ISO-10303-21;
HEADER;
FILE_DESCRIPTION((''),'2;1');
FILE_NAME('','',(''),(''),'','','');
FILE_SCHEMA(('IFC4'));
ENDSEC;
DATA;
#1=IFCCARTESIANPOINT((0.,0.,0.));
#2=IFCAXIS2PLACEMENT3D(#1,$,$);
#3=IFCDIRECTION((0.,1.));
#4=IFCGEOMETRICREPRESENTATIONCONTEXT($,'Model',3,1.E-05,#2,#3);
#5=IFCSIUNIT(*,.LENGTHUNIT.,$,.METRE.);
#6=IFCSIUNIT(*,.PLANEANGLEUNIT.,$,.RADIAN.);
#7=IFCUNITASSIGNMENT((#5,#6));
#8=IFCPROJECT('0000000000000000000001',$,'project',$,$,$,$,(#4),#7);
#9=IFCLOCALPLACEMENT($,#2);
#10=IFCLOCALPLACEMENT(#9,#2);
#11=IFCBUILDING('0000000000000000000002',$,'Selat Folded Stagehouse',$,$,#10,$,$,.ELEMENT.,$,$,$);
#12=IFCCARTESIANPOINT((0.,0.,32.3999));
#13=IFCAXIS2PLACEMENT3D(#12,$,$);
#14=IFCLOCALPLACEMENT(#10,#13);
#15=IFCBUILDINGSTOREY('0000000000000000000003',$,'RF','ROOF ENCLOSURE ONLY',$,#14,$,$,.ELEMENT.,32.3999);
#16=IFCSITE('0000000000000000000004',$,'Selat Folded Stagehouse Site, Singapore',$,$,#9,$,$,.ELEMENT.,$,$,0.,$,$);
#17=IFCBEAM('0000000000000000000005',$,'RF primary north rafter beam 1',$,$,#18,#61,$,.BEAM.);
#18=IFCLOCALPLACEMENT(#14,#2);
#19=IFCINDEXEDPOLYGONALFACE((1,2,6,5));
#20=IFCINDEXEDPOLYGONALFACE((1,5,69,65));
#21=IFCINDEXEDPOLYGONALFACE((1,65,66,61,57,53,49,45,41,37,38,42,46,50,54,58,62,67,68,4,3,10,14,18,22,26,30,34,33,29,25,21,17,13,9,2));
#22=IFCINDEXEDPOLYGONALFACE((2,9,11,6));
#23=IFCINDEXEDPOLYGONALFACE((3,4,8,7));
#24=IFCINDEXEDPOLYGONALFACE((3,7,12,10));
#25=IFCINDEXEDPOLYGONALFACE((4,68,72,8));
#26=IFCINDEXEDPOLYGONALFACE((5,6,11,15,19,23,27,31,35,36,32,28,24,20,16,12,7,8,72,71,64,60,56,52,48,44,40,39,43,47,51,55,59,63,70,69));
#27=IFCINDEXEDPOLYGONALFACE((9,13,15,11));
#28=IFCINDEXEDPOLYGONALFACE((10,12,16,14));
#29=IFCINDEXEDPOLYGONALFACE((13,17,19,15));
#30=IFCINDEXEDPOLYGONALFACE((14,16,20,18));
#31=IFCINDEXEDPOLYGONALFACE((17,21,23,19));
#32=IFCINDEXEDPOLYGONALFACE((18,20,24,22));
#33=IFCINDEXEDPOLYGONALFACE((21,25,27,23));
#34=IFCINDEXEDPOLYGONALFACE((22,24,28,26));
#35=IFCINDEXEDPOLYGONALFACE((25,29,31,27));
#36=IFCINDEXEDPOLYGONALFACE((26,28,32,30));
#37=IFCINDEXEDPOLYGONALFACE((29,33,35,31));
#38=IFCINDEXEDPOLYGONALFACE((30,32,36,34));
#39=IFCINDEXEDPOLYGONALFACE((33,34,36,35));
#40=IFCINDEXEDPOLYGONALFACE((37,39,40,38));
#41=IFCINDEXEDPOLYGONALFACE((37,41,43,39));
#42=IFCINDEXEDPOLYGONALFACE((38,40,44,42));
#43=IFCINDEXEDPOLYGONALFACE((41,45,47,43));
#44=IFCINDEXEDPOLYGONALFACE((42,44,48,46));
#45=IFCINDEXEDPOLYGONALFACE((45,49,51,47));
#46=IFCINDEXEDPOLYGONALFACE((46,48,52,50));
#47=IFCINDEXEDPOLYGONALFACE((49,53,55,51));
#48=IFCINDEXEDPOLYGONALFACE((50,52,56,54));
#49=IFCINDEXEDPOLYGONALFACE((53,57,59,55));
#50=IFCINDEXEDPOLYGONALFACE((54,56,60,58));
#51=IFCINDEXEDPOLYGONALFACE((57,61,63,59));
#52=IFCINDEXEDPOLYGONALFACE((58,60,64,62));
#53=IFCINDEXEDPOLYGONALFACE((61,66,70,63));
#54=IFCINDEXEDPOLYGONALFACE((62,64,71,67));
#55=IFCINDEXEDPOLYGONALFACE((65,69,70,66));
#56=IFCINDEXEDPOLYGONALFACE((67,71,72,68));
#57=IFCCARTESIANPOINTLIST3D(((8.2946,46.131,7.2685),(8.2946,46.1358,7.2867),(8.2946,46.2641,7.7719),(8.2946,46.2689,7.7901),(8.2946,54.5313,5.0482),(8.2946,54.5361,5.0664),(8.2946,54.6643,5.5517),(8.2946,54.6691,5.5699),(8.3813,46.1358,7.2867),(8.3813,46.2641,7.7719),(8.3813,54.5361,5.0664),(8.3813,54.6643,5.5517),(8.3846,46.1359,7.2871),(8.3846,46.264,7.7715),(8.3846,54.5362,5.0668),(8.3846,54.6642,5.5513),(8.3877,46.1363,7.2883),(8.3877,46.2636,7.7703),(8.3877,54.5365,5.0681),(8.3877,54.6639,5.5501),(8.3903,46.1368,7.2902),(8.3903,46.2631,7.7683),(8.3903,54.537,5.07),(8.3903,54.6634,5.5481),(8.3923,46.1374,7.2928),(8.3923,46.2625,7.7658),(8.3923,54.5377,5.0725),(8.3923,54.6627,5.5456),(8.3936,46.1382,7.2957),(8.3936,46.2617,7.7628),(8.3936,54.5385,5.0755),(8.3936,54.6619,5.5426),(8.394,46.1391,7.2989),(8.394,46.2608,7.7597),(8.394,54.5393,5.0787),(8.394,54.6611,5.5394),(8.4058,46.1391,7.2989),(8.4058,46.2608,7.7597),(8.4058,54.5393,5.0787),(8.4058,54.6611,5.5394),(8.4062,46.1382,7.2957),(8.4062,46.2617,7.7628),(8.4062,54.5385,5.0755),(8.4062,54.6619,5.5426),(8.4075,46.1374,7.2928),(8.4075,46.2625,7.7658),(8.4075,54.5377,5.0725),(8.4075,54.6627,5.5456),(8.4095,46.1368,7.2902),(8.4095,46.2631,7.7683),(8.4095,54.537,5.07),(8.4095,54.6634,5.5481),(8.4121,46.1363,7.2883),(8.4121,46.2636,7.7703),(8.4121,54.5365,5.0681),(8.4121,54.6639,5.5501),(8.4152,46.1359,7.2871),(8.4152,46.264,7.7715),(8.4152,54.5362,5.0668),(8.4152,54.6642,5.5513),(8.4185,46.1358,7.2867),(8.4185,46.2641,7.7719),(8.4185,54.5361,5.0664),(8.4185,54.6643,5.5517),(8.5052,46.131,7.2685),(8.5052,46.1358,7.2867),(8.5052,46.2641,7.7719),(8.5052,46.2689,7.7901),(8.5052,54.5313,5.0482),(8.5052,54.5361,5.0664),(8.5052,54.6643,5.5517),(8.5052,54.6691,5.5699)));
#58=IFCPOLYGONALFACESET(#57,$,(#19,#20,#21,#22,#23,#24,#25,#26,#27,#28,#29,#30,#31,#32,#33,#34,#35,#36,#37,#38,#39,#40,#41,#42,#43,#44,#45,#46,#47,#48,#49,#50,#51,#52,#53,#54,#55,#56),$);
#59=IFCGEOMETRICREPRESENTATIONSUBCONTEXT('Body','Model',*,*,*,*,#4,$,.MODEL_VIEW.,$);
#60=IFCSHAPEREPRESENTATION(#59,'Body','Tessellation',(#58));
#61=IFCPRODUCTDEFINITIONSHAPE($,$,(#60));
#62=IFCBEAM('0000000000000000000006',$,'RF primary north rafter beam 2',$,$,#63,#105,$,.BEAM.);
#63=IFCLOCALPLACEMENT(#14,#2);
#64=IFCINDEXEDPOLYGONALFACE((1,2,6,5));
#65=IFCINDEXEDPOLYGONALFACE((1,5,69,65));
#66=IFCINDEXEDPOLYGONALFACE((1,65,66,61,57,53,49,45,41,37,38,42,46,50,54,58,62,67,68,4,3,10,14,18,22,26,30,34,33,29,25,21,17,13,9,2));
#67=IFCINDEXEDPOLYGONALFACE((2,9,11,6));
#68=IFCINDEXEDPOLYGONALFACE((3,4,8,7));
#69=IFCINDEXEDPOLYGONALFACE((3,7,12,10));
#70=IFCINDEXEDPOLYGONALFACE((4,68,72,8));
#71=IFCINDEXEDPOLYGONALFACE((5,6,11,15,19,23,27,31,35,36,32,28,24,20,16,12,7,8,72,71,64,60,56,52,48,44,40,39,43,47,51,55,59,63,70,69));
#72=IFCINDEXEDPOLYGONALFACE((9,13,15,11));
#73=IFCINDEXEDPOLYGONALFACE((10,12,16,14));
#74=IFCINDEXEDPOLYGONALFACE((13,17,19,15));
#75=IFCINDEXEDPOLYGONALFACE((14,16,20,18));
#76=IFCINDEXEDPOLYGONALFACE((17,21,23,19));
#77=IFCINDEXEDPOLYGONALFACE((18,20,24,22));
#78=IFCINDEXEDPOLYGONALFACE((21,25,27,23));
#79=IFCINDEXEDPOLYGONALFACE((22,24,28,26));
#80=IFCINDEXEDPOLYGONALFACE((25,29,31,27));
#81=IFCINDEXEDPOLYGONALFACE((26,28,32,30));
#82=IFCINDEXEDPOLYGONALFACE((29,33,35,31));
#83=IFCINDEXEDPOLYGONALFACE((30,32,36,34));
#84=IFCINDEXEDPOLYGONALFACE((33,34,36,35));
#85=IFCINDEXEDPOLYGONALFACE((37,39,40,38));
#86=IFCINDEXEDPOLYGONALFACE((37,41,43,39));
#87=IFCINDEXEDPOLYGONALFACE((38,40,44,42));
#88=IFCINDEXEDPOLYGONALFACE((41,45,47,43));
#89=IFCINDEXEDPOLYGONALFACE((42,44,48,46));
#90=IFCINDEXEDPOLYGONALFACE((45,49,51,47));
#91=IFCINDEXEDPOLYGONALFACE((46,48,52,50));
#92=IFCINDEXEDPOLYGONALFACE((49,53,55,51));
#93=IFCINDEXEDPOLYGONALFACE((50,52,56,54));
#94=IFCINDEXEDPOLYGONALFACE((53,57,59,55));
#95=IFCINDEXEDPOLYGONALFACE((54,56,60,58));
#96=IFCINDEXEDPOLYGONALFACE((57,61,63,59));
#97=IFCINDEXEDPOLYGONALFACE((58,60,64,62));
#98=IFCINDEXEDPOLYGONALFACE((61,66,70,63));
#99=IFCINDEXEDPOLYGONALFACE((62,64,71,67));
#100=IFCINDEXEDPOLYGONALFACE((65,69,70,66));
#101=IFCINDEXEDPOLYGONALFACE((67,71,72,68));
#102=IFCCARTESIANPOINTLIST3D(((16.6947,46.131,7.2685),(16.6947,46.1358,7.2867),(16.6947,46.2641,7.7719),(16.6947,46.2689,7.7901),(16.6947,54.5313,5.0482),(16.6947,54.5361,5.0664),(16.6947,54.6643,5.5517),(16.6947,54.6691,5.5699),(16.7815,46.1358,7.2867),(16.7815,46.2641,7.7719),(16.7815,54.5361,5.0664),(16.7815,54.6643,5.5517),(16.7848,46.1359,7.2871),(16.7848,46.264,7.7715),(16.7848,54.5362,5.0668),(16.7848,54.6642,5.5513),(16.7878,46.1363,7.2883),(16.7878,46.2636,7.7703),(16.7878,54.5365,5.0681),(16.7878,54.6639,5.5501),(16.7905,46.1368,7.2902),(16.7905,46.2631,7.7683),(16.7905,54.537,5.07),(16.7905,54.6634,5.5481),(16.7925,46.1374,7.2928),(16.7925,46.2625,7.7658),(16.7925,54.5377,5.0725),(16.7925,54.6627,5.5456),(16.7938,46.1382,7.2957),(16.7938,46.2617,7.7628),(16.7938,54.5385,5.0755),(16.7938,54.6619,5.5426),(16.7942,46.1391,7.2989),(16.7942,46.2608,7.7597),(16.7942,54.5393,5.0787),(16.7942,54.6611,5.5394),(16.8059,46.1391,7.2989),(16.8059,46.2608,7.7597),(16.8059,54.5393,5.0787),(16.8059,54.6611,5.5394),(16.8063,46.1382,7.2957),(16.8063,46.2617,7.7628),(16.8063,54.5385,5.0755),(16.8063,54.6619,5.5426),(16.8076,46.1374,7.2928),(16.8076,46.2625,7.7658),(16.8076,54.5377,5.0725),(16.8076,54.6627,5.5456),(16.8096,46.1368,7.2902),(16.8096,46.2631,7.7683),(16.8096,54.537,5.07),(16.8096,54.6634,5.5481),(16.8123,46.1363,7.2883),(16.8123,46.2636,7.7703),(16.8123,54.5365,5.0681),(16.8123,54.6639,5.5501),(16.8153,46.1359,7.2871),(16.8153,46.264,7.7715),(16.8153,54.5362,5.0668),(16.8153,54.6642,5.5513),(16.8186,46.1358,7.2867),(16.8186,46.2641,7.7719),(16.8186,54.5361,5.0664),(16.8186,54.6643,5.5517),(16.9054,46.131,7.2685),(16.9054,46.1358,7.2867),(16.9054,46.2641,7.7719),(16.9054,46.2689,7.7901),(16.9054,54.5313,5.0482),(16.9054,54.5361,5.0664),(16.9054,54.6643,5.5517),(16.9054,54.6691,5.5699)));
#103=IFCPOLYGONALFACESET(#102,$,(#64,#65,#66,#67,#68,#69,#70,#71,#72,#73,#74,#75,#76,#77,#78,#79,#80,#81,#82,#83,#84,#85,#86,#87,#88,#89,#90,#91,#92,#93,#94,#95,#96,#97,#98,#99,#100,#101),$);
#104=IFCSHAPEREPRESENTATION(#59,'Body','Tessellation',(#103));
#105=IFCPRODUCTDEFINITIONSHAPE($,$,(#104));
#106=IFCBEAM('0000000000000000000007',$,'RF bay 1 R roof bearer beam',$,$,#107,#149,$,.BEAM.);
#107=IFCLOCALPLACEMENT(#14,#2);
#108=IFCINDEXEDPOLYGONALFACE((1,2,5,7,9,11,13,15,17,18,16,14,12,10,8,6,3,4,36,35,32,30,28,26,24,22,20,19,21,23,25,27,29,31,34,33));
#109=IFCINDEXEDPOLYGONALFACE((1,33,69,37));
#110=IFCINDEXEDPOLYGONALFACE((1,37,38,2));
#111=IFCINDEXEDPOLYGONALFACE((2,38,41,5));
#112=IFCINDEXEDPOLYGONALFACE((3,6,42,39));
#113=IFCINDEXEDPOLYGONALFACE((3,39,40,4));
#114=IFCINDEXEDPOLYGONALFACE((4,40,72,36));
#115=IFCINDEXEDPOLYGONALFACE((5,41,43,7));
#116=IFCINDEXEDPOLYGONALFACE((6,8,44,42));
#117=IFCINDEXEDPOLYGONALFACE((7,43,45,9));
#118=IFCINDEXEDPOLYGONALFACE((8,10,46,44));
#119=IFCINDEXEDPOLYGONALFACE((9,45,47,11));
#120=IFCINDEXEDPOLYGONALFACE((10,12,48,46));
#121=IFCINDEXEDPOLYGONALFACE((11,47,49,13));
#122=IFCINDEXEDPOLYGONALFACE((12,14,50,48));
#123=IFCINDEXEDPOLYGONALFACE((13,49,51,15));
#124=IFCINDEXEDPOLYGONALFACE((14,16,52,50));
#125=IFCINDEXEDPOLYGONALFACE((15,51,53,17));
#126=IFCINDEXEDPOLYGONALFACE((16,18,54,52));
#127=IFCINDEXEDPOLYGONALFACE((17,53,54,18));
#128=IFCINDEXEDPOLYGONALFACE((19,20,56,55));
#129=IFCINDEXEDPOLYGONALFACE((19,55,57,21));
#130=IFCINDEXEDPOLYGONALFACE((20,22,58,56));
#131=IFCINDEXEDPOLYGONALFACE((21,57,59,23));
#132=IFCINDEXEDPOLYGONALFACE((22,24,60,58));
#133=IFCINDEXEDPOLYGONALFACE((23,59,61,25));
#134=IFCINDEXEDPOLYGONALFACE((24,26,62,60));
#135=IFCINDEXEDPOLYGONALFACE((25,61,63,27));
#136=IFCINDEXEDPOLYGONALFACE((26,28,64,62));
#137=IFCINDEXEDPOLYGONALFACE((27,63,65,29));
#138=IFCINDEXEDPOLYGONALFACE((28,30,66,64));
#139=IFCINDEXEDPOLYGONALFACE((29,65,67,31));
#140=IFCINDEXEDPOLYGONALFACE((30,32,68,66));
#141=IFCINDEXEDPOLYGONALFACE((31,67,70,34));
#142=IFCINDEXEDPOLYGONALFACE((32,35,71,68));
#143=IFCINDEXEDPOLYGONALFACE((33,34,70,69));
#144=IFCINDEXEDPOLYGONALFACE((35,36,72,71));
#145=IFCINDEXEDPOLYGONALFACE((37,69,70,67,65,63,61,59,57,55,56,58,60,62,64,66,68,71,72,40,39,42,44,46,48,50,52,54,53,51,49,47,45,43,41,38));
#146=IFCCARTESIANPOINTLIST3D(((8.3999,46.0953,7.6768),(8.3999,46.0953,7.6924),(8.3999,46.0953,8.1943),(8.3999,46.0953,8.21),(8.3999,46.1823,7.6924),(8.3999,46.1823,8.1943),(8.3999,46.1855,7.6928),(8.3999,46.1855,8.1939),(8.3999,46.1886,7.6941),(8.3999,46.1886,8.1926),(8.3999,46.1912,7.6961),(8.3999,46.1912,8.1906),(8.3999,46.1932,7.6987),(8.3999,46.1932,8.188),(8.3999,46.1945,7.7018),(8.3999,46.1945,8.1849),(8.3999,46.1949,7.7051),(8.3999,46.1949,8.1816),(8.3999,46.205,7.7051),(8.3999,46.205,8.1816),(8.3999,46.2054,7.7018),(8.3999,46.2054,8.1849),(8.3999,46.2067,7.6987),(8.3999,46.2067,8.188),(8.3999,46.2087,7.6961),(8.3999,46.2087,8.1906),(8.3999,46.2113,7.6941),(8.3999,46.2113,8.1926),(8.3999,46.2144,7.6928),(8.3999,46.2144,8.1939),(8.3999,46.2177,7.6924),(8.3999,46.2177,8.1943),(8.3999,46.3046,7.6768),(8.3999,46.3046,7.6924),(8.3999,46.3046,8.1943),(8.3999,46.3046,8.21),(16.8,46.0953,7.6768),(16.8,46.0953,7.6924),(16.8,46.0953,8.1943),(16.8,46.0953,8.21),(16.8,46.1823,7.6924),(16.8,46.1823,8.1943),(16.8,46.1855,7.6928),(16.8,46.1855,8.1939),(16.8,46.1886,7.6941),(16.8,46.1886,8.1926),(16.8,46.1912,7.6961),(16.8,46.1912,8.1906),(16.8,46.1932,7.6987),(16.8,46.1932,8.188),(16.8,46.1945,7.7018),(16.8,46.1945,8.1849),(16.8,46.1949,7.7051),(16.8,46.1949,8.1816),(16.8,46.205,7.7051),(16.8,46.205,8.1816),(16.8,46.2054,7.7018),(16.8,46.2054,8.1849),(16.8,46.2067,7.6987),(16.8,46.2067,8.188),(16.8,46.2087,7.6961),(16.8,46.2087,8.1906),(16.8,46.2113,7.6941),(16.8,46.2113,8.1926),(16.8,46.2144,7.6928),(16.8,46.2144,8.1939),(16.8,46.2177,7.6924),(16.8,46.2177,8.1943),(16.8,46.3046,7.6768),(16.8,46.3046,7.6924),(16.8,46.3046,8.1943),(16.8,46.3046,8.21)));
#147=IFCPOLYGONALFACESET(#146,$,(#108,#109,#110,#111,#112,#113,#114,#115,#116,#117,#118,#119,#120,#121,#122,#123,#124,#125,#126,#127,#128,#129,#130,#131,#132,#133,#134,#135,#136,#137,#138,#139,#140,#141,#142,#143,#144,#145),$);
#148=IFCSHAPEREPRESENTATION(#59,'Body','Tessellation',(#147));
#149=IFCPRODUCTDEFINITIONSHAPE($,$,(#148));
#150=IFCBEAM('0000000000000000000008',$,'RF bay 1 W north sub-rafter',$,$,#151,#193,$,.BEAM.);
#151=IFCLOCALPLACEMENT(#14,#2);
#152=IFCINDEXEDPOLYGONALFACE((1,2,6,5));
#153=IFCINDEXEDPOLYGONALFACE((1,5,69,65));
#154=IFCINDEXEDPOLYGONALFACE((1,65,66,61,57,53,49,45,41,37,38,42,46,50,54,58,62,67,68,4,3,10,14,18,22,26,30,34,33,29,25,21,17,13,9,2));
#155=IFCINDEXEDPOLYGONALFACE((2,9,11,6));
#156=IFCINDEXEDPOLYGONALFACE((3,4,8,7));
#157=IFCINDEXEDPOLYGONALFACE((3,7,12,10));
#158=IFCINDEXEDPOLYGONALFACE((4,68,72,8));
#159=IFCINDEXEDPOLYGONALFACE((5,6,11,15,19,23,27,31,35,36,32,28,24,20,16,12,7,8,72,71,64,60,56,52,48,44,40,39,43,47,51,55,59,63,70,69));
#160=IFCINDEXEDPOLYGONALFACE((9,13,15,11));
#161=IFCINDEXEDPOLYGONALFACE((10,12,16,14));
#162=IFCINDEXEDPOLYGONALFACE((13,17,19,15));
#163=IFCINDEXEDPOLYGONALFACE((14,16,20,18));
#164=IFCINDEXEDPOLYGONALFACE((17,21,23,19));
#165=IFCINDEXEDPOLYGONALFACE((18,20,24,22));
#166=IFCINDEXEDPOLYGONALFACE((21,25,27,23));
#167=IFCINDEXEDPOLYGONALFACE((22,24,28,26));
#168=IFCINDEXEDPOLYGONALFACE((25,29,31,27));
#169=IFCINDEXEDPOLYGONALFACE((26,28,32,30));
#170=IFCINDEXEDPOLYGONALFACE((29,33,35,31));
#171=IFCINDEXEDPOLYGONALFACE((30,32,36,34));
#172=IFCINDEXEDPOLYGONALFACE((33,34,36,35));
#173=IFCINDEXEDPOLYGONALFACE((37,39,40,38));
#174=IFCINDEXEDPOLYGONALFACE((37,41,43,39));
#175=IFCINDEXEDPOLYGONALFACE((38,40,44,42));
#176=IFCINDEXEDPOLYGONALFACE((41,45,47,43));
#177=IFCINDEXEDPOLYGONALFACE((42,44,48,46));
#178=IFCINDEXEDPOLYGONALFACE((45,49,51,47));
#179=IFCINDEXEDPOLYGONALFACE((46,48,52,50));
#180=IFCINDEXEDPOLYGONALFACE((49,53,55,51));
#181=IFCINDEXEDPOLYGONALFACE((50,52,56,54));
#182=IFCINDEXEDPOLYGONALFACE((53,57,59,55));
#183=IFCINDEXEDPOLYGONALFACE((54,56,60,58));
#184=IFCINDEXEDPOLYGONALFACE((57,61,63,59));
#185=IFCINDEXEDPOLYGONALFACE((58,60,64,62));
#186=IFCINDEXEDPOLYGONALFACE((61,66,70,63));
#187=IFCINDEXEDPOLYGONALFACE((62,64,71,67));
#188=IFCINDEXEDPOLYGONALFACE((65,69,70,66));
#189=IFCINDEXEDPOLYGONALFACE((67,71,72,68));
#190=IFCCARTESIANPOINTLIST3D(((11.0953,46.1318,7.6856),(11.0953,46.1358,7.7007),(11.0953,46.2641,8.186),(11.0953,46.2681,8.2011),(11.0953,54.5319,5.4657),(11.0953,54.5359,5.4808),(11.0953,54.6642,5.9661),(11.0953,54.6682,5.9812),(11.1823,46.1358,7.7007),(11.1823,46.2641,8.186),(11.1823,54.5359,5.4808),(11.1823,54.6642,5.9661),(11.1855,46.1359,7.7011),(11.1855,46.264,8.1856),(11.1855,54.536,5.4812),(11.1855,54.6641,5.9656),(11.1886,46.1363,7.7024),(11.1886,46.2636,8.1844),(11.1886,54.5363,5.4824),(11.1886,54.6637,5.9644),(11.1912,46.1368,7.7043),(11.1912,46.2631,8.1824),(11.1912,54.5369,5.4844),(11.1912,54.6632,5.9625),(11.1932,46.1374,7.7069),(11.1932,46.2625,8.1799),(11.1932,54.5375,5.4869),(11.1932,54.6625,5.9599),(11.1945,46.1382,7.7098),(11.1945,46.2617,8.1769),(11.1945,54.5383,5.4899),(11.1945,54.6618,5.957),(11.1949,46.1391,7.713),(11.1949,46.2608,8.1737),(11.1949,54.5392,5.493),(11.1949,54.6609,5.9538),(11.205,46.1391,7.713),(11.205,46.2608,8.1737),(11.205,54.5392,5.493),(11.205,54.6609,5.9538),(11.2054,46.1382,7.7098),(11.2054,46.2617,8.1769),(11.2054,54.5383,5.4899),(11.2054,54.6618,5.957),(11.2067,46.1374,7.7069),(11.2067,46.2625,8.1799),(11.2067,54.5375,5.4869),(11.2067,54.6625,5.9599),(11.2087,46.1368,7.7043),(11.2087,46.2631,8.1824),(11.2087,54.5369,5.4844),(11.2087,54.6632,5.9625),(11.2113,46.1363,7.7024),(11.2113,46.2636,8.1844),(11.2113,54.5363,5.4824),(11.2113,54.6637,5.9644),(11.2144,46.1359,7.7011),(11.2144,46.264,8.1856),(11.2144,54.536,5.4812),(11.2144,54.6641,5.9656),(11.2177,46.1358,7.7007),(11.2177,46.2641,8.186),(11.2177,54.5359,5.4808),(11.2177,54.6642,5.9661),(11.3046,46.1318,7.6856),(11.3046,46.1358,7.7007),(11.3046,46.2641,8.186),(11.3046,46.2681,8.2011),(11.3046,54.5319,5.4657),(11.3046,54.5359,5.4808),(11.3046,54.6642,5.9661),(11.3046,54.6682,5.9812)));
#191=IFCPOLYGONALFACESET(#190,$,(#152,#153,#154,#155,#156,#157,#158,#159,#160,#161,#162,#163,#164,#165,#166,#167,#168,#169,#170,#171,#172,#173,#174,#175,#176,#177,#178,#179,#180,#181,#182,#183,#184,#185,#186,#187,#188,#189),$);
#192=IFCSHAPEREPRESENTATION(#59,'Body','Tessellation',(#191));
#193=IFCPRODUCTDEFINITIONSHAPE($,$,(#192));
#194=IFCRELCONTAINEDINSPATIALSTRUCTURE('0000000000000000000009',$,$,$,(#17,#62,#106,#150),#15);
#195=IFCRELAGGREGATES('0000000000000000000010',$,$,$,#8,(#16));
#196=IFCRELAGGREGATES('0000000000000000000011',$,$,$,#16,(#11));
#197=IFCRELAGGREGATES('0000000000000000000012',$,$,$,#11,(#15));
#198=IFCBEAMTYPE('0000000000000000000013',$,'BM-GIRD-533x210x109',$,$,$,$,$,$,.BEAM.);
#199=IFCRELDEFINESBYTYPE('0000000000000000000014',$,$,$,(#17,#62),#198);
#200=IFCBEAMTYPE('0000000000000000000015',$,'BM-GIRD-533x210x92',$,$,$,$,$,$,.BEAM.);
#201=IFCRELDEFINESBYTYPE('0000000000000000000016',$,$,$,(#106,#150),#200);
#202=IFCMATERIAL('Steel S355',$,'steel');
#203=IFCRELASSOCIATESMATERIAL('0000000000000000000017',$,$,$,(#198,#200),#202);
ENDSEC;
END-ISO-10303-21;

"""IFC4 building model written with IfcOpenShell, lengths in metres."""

from ifc_helpers import new_model, si_unit, direction, frame, origin, origin_2d, place, context, subcontext, project, spatial, i_section, extrude, material, material_profile, profile_set, type_object, element, save


model = new_model("IFC4")

# Units and contexts
model_context = context("Model", 3, precision=1e-05, world=origin(), true_north=direction((0.0, 1.0)))
body_context = subcontext(model_context, "Body", "Model", "MODEL_VIEW")
ifc_project = project(units=[si_unit("LENGTHUNIT", "METRE"), si_unit("PLANEANGLEUNIT", "RADIAN")], contexts=[model_context])

# Site, building, storey
site_placement = place(None, origin())
site = spatial("IfcSite", under=ifc_project, at=site_placement, Name="Selat Folded Stagehouse Site, Singapore", CompositionType="ELEMENT", RefElevation=0.0)
building_placement = place(site_placement, origin())
building = spatial("IfcBuilding", under=site, at=building_placement, Name="Selat Folded Stagehouse", CompositionType="ELEMENT")
storey_placement = place(building_placement, frame((0.0, 0.0, 32.3999)))
storey = spatial("IfcBuildingStorey", under=building, at=storey_placement, Name="RF", Description="ROOF ENCLOSURE ONLY", CompositionType="ELEMENT", Elevation=32.3999)

# Beams
ifc_material_1 = material(Name="Steel S355", Category="steel")
ifc_material_profile_1 = material_profile(ifc_material_1, i_section(OverallWidth=0.2107, OverallDepth=0.5396, WebThickness=0.0117, FlangeThickness=0.0188, FilletRadius=0.0127, at=origin_2d()), Name="UKB 533x210x109")
ifc_profile_set_1 = profile_set([ifc_material_profile_1], Name="Steel S355")
beam_type_1 = type_object("IfcBeamType", Name="BM-GIRD-533x210x109", PredefinedType="BEAM", material=ifc_profile_set_1)
for number, where, z_axis, x_axis, name in (
    (1, (8.3999, 46.2, 7.5293), (0.0, 0.966801, -0.255532), (-1.0, 0.0, 0.0), "RF primary north rafter beam 1"),
    (2, (16.8, 46.2, 7.5293), (0.0, 0.966801, -0.255532), (-1.0, 0.0, 0.0), "RF primary north rafter beam 2"),
):
    element("IfcBeam", number, at=place(storey_placement, frame(where, z_axis=z_axis, x_axis=x_axis)), inside=storey, type_object=beam_type_1, Name=name, PredefinedType="BEAM", context=body_context, shape_type="SweptSolid", body=[
        extrude(i_section(OverallWidth=0.2107, OverallDepth=0.5396, WebThickness=0.0117, FlangeThickness=0.0188, FilletRadius=0.0127, at=origin_2d()), origin(), (0.0, 0.0, 1.0), 8.6887),
    ])
ifc_material_profile_2 = material_profile(ifc_material_1, i_section(OverallWidth=0.2092, OverallDepth=0.5332, WebThickness=0.01, FlangeThickness=0.0156, FilletRadius=0.0127, at=origin_2d()), Name="UKB 533x210x92")
ifc_profile_set_2 = profile_set([ifc_material_profile_2], Name="Steel S355")
beam_type_2 = type_object("IfcBeamType", Name="BM-GIRD-533x210x92", PredefinedType="BEAM", material=ifc_profile_set_2)
beam_1_placement = place(storey_placement, frame((8.3999, 46.2, 7.9434), z_axis=(1.0, 0.0, 0.0), x_axis=(0.0, 1.0, 0.0)))
element("IfcBeam", 3, at=beam_1_placement, inside=storey, type_object=beam_type_2, Name="RF bay 1 R roof bearer beam", PredefinedType="BEAM", context=body_context, shape_type="SweptSolid", body=[
    extrude(i_section(OverallWidth=0.2092, OverallDepth=0.5332, WebThickness=0.01, FlangeThickness=0.0156, FilletRadius=0.0127, at=origin_2d()), origin(), (0.0, 0.0, 1.0), 8.4001),
])
for number, where, z_axis, x_axis, name in (
    (4, (11.2, 46.2, 7.9434), (0.0, 0.966808, -0.255506), (-1.0, 0.0, 0.0), "RF bay 1 W north sub-rafter"),
):
    element("IfcBeam", number, at=place(storey_placement, frame(where, z_axis=z_axis, x_axis=x_axis)), inside=storey, type_object=beam_type_2, Name=name, PredefinedType="BEAM", context=body_context, shape_type="SweptSolid", body=[
        extrude(i_section(OverallWidth=0.2092, OverallDepth=0.5332, WebThickness=0.01, FlangeThickness=0.0156, FilletRadius=0.0127, at=origin_2d()), origin(), (0.0, 0.0, 1.0), 8.6885),
    ])

save(model, "model.ifc")
